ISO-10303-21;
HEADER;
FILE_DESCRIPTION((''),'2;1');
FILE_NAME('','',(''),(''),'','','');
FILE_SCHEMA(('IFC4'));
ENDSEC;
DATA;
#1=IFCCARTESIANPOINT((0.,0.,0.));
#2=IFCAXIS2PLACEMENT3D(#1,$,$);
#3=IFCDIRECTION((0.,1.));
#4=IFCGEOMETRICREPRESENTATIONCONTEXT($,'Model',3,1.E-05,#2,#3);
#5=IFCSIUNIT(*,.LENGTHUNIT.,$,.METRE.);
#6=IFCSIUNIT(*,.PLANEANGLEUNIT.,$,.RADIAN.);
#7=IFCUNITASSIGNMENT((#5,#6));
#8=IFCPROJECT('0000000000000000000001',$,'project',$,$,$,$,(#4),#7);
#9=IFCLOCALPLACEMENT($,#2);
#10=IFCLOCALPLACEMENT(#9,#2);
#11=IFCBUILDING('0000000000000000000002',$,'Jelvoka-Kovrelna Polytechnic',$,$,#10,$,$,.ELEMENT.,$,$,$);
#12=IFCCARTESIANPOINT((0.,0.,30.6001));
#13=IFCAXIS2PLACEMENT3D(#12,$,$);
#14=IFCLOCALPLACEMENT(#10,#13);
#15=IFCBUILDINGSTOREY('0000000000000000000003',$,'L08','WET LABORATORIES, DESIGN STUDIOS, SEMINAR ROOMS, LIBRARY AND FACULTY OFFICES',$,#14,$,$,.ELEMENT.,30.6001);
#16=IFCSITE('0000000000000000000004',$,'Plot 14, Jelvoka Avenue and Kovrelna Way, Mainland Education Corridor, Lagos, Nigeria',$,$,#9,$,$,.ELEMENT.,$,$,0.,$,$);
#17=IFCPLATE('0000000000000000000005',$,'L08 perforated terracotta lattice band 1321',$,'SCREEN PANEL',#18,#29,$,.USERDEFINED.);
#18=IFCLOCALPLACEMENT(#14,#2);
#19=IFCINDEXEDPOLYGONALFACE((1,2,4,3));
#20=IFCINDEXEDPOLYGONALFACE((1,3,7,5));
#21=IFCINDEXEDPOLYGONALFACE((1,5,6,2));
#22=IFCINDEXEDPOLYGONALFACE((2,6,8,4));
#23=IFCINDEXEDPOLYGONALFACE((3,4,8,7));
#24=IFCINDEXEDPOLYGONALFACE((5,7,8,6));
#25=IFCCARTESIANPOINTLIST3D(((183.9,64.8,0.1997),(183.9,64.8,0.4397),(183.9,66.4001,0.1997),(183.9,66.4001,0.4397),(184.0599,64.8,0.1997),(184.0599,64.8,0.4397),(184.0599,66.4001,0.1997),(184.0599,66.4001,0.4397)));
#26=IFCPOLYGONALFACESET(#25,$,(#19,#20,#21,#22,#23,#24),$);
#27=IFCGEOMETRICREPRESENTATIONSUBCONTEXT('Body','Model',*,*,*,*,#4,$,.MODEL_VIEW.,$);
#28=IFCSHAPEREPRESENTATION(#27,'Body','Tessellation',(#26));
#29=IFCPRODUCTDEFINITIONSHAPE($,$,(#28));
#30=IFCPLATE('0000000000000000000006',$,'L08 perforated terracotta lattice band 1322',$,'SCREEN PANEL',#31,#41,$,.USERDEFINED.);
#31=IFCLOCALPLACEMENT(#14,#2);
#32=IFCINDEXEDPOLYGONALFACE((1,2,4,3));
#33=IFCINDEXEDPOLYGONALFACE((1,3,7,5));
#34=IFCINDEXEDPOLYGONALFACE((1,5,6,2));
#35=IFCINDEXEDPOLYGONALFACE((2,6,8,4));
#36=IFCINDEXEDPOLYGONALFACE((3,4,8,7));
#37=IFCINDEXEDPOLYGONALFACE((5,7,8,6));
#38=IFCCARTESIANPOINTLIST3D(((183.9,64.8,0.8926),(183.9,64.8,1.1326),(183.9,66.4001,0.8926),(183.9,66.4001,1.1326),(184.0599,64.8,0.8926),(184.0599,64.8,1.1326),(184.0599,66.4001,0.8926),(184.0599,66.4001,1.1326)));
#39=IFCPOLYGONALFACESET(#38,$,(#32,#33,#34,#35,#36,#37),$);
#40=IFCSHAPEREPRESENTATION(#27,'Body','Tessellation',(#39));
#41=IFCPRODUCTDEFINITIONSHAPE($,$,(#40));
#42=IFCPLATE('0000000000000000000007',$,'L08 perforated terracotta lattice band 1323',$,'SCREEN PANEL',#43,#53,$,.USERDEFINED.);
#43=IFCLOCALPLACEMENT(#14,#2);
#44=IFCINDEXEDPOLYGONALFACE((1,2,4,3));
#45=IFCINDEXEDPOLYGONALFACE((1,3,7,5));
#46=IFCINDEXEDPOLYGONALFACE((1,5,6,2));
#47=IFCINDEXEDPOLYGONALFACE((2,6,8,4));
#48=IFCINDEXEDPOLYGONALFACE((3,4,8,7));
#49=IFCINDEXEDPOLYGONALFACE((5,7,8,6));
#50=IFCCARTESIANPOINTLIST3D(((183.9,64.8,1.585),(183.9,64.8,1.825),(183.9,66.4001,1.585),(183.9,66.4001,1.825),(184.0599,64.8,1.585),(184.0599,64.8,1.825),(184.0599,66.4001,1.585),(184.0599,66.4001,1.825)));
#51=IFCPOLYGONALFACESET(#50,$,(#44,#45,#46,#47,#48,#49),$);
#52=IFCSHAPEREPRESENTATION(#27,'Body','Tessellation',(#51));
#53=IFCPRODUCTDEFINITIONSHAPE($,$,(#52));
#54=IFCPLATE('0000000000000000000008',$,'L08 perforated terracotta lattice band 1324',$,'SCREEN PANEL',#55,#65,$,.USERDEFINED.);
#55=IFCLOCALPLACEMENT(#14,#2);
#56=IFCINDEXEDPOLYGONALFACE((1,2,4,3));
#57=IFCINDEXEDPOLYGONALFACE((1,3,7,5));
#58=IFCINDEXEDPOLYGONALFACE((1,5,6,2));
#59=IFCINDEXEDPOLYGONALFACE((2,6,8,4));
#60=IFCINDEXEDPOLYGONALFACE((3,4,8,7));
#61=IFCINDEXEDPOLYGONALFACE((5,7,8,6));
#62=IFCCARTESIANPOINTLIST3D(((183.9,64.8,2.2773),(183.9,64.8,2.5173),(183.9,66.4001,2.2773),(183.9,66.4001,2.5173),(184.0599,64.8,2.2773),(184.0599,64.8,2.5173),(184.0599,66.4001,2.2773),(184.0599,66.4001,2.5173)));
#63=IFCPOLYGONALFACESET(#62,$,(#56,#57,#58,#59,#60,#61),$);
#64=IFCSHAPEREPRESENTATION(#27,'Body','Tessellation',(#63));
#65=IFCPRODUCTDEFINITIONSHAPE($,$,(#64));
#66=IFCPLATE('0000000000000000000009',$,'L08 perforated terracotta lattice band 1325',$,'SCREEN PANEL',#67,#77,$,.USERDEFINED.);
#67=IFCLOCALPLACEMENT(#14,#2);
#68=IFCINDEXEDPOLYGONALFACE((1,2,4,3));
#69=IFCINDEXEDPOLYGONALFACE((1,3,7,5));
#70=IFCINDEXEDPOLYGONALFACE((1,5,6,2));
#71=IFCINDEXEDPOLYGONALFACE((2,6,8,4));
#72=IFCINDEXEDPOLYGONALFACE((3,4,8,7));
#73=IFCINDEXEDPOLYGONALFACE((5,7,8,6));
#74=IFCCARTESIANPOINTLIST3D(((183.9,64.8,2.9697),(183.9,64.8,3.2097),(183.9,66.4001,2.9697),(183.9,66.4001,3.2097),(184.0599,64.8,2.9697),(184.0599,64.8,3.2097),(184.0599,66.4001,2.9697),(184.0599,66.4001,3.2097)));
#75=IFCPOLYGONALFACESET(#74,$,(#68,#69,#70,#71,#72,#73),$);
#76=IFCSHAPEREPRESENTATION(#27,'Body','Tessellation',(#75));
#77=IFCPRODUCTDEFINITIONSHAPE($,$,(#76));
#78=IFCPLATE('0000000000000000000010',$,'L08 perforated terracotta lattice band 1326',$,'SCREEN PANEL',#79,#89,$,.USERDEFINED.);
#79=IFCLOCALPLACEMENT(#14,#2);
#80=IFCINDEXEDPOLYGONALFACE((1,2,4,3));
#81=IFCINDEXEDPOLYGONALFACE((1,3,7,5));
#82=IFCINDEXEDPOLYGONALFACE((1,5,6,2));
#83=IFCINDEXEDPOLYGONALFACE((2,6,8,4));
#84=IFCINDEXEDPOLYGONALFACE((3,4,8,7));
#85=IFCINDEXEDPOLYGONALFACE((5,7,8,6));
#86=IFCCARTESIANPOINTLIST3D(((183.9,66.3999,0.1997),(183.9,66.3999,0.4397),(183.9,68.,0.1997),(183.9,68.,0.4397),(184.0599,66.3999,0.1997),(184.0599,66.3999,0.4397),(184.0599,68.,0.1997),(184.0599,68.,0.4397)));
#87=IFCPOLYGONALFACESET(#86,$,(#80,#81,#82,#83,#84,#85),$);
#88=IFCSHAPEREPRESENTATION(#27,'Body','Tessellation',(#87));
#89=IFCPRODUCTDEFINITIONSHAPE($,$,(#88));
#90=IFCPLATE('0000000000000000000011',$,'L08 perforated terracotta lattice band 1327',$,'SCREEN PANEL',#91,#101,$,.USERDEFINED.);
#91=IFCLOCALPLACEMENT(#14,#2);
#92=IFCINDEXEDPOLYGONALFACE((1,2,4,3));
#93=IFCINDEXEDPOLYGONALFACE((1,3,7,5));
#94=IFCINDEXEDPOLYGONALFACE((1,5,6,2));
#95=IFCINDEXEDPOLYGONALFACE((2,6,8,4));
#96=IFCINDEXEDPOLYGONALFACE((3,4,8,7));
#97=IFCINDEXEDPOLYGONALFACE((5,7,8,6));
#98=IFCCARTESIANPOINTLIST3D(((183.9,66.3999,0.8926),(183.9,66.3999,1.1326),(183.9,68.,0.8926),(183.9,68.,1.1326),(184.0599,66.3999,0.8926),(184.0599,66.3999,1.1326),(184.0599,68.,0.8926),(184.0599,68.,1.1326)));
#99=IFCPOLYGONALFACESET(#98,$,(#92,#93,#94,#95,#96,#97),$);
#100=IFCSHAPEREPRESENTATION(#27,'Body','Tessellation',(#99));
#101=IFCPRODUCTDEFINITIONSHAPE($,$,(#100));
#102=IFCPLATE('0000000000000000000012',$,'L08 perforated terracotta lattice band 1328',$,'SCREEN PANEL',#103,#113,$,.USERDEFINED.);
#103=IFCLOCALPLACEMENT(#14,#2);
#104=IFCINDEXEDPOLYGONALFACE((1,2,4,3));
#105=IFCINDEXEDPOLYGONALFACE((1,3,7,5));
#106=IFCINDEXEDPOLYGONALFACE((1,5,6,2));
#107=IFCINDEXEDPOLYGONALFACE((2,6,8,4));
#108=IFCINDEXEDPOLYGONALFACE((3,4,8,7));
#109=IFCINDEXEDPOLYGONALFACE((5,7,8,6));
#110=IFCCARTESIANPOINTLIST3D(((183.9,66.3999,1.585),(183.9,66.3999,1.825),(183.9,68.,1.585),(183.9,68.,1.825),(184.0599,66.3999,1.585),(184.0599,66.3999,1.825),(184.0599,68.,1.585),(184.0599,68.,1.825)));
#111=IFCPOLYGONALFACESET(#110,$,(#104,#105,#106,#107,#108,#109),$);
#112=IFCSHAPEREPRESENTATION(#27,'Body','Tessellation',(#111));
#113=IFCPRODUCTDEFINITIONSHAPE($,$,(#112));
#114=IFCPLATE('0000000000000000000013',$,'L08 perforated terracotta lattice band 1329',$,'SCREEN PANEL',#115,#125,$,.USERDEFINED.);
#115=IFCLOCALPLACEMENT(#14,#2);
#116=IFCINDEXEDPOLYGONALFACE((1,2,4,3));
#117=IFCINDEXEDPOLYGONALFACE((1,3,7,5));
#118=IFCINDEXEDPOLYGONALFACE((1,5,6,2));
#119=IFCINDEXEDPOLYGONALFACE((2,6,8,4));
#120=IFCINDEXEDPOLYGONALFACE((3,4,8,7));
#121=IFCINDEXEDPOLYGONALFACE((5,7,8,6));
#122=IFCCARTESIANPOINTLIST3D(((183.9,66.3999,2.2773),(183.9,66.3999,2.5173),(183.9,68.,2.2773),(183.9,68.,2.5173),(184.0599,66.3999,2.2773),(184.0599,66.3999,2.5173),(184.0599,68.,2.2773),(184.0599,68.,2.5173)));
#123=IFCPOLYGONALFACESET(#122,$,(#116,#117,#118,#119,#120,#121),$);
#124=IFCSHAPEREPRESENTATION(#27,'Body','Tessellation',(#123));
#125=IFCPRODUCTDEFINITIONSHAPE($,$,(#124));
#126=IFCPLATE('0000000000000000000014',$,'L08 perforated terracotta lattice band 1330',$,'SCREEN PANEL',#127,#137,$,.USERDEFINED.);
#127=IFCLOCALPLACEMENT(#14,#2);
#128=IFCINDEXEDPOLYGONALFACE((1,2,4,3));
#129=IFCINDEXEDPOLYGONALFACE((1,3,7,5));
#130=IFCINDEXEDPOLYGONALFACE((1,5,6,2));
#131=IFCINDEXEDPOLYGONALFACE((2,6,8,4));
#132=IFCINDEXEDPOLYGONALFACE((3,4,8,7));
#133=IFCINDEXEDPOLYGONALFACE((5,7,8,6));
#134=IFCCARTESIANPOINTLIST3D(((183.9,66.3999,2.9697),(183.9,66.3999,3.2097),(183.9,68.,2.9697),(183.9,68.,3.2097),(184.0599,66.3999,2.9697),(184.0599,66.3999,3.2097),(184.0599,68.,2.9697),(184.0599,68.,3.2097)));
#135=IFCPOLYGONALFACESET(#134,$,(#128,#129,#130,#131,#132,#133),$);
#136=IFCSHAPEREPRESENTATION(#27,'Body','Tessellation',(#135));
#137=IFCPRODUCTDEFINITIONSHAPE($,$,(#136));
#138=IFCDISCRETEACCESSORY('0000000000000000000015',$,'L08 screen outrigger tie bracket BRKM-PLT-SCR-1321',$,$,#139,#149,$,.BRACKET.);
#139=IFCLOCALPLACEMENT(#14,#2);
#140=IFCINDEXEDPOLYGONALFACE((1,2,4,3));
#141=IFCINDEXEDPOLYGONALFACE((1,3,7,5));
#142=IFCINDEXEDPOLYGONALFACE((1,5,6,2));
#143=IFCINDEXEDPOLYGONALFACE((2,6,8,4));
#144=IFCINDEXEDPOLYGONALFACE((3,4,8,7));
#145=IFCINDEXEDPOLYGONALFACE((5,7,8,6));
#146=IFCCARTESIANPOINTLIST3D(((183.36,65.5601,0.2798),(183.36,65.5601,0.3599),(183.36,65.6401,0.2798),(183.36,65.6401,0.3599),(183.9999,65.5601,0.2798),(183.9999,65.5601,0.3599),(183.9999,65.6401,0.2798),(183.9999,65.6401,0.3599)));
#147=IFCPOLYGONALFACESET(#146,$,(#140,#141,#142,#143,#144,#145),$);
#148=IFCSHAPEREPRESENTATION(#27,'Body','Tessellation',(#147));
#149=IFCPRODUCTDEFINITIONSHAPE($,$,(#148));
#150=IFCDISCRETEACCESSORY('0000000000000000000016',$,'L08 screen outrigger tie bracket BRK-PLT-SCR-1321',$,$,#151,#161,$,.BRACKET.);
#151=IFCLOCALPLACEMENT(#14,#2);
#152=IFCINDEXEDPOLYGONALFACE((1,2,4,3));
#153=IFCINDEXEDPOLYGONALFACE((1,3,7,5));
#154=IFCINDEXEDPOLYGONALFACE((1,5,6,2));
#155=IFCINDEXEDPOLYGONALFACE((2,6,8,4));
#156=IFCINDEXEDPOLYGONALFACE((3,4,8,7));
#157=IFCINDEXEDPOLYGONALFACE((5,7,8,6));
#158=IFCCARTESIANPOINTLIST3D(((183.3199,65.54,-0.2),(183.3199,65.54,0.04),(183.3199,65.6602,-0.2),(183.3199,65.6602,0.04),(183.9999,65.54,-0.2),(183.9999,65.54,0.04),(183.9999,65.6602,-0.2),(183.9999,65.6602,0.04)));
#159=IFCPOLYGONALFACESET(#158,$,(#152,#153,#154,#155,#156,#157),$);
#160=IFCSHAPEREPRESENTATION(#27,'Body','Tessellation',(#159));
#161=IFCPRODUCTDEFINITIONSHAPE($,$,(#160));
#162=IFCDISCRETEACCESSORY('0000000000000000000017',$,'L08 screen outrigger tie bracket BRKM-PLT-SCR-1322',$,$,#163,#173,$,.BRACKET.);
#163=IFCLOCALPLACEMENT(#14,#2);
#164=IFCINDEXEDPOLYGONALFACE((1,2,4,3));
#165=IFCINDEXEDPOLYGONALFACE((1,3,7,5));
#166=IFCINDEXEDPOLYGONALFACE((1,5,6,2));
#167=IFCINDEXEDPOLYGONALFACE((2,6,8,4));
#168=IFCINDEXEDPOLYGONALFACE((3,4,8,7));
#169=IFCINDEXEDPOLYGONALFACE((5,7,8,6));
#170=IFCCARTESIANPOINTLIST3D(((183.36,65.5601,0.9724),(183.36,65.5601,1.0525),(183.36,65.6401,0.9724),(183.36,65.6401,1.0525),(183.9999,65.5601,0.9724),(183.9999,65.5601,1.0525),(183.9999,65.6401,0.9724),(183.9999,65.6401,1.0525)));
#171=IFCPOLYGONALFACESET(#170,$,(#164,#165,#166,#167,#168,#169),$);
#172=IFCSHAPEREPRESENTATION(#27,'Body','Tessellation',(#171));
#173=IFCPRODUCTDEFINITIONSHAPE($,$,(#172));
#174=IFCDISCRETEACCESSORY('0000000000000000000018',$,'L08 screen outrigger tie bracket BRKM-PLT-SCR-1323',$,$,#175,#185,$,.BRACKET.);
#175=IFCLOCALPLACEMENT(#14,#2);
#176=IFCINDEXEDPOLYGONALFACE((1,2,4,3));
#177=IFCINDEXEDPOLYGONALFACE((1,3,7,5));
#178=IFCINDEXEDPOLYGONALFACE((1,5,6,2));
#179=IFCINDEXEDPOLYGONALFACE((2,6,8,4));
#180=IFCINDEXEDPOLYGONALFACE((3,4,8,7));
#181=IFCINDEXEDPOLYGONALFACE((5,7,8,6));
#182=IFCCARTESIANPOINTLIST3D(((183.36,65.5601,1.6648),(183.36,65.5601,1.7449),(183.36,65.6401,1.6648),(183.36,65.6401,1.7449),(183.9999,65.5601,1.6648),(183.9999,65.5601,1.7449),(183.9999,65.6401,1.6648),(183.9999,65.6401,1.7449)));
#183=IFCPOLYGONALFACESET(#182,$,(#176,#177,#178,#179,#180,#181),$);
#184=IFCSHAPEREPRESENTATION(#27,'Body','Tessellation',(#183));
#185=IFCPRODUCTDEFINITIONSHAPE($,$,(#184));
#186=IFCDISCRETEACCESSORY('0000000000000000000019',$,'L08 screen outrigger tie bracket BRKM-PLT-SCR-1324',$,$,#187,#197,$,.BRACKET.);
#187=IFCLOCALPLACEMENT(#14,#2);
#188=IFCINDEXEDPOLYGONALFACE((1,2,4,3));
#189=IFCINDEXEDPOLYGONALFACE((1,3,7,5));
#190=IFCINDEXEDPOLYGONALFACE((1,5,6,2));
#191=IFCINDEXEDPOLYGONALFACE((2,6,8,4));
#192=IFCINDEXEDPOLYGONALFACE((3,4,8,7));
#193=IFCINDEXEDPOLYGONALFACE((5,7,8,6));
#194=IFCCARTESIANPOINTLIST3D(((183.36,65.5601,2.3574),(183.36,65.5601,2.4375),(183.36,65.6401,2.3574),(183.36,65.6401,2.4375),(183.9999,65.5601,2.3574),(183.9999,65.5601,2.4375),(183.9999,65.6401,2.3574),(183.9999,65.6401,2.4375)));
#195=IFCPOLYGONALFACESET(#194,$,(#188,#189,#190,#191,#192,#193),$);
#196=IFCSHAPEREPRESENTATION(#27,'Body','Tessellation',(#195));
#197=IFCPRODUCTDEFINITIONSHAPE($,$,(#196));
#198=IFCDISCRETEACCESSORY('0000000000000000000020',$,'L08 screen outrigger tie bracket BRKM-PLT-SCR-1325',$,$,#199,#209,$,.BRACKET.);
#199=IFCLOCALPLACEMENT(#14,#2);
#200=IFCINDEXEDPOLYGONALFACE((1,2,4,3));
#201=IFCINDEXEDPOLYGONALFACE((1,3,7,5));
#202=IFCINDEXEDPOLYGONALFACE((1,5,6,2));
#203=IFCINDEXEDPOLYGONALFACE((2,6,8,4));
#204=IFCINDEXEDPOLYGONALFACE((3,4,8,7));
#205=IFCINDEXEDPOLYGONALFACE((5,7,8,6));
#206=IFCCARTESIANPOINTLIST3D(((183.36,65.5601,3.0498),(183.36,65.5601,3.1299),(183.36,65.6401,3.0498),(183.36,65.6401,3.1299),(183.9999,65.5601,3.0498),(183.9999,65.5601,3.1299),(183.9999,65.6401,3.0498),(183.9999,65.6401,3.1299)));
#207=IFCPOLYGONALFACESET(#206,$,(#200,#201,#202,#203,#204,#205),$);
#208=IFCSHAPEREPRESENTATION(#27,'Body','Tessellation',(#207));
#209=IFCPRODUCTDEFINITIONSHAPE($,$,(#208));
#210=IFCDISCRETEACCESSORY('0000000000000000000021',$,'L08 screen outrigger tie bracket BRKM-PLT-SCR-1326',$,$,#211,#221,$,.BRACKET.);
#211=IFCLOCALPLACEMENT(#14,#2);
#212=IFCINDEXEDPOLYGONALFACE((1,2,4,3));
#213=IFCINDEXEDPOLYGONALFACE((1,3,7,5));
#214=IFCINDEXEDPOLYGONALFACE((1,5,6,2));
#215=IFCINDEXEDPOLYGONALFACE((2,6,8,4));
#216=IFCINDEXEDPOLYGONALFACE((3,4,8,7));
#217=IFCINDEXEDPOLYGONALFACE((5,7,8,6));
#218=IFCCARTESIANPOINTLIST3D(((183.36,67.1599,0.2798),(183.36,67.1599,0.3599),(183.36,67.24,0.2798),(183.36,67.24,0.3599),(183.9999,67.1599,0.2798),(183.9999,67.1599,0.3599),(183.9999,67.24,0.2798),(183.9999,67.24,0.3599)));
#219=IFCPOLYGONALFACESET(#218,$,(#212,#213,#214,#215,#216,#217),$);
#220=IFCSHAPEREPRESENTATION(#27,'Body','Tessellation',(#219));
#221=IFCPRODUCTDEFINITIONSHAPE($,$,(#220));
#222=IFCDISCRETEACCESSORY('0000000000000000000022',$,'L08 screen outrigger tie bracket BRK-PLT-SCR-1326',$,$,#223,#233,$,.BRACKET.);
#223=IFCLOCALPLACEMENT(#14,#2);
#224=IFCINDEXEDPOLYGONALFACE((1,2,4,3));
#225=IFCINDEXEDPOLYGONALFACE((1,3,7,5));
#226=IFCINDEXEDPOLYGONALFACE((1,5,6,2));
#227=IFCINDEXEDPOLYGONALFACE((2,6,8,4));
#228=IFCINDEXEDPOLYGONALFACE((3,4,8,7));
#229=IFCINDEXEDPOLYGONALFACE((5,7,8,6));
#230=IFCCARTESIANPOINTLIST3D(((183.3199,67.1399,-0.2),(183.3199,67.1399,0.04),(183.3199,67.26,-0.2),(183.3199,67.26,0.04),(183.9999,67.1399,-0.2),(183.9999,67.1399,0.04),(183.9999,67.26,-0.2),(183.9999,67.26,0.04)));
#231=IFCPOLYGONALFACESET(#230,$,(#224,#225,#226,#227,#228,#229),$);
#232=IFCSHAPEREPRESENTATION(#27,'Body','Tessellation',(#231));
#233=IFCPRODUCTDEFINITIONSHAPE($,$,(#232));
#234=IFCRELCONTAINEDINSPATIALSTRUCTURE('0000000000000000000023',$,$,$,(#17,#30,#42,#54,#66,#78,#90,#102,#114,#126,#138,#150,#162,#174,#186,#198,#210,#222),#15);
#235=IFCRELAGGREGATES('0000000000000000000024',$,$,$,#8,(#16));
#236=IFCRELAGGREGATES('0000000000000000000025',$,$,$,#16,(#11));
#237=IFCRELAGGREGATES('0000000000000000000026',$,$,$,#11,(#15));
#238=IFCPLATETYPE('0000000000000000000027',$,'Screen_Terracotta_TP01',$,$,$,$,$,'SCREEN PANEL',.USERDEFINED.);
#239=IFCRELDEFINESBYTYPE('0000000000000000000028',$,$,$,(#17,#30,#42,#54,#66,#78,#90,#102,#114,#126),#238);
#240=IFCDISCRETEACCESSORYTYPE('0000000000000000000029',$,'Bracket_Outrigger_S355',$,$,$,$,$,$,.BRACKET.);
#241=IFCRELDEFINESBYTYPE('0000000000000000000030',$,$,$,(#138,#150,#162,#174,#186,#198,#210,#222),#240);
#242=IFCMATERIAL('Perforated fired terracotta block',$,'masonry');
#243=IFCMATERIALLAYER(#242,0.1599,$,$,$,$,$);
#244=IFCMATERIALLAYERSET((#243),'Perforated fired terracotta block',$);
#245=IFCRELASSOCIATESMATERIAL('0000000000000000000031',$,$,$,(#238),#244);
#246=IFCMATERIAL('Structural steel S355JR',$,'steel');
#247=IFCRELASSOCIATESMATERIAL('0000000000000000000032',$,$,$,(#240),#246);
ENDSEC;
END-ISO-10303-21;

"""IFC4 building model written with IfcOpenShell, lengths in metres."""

from ifc_helpers import new_model, si_unit, direction, frame, origin, origin_2d, place, context, subcontext, project, spatial, rectangle, extrude, material, layer, layer_set, type_object, element, save


model = new_model("IFC4")

# Units and contexts
model_context = context("Model", 3, precision=1e-05, world=origin(), true_north=direction((0.0, 1.0)))
body_context = subcontext(model_context, "Body", "Model", "MODEL_VIEW")
ifc_project = project(units=[si_unit("LENGTHUNIT", "METRE"), si_unit("PLANEANGLEUNIT", "RADIAN")], contexts=[model_context])

# Site, building, storey
site_placement = place(None, origin())
site = spatial("IfcSite", under=ifc_project, at=site_placement, Name="Plot 14, Jelvoka Avenue and Kovrelna Way, Mainland Education Corridor, Lagos, Nigeria", CompositionType="ELEMENT", RefElevation=0.0)
building_placement = place(site_placement, origin())
building = spatial("IfcBuilding", under=site, at=building_placement, Name="Jelvoka-Kovrelna Polytechnic", CompositionType="ELEMENT")
storey_placement = place(building_placement, frame((0.0, 0.0, 30.6001)))
storey = spatial("IfcBuildingStorey", under=building, at=storey_placement, Name="L08", Description="WET LABORATORIES, DESIGN STUDIOS, SEMINAR ROOMS, LIBRARY AND FACULTY OFFICES", CompositionType="ELEMENT", Elevation=30.6001)

# Plates
ifc_material_1 = material(Name="Perforated fired terracotta block", Category="masonry")
ifc_layer_1 = layer(ifc_material_1, 0.1599)
ifc_layer_set_1 = layer_set([ifc_layer_1], Name="Perforated fired terracotta block")
plate_type_1 = type_object("IfcPlateType", Name="Screen_Terracotta_TP01", ElementType="SCREEN PANEL", PredefinedType="USERDEFINED", material=ifc_layer_set_1)
for number, where, z_axis, x_axis, name in (
    (1, (183.98, 65.6001, 0.1997), (0.0, 0.0, 1.0), (0.0, 1.0, 0.0), "L08 perforated terracotta lattice band 1321"),
    (2, (183.98, 65.6001, 0.8926), (0.0, 0.0, 1.0), (0.0, 1.0, 0.0), "L08 perforated terracotta lattice band 1322"),
    (3, (183.98, 65.6001, 1.585), (0.0, 0.0, 1.0), (0.0, 1.0, 0.0), "L08 perforated terracotta lattice band 1323"),
    (4, (183.98, 65.6001, 2.2773), (0.0, 0.0, 1.0), (0.0, 1.0, 0.0), "L08 perforated terracotta lattice band 1324"),
    (5, (183.98, 65.6001, 2.9697), (0.0, 0.0, 1.0), (0.0, 1.0, 0.0), "L08 perforated terracotta lattice band 1325"),
    (6, (183.98, 67.2, 0.1997), (0.0, 0.0, 1.0), (0.0, 1.0, 0.0), "L08 perforated terracotta lattice band 1326"),
    (7, (183.98, 67.2, 0.8926), (0.0, 0.0, 1.0), (0.0, 1.0, 0.0), "L08 perforated terracotta lattice band 1327"),
    (8, (183.98, 67.2, 1.585), (0.0, 0.0, 1.0), (0.0, 1.0, 0.0), "L08 perforated terracotta lattice band 1328"),
    (9, (183.98, 67.2, 2.2773), (0.0, 0.0, 1.0), (0.0, 1.0, 0.0), "L08 perforated terracotta lattice band 1329"),
    (10, (183.98, 67.2, 2.9697), (0.0, 0.0, 1.0), (0.0, 1.0, 0.0), "L08 perforated terracotta lattice band 1330"),
):
    element("IfcPlate", number, at=place(storey_placement, frame(where, z_axis=z_axis, x_axis=x_axis)), inside=storey, type_object=plate_type_1, Name=name, ObjectType="SCREEN PANEL", PredefinedType="USERDEFINED", context=body_context, shape_type="SweptSolid", body=[
        extrude(rectangle(XDim=1.6001, YDim=0.1599, at=origin_2d()), origin(), (0.0, 0.0, 1.0), 0.24),
    ])

# Discrete accessories
ifc_material_2 = material(Name="Structural steel S355JR", Category="steel")
discrete_accessory_type = type_object("IfcDiscreteAccessoryType", Name="Bracket_Outrigger_S355", PredefinedType="BRACKET", material=ifc_material_2)
discrete_accessory_1_placement = place(storey_placement, frame((183.6799, 65.6001, 0.2798), z_axis=(0.0, 0.0, 1.0), x_axis=(1.0, 0.0, 0.0)))
element("IfcDiscreteAccessory", 11, at=discrete_accessory_1_placement, inside=storey, type_object=discrete_accessory_type, Name="L08 screen outrigger tie bracket BRKM-PLT-SCR-1321", PredefinedType="BRACKET", context=body_context, shape_type="SweptSolid", body=[
    extrude(rectangle(XDim=0.6399, YDim=0.0801, at=origin_2d()), origin(), (0.0, 0.0, 1.0), 0.0801),
])
discrete_accessory_2_placement = place(storey_placement, frame((183.6599, 65.6001, -0.2), z_axis=(0.0, 0.0, 1.0), x_axis=(1.0, 0.0, 0.0)))
element("IfcDiscreteAccessory", 12, at=discrete_accessory_2_placement, inside=storey, type_object=discrete_accessory_type, Name="L08 screen outrigger tie bracket BRK-PLT-SCR-1321", PredefinedType="BRACKET", context=body_context, shape_type="SweptSolid", body=[
    extrude(rectangle(XDim=0.6799, YDim=0.1201, at=origin_2d()), origin(), (0.0, 0.0, 1.0), 0.24),
])
for number, where, z_axis, x_axis, name in (
    (13, (183.6799, 65.6001, 0.9724), (0.0, 0.0, 1.0), (1.0, 0.0, 0.0), "L08 screen outrigger tie bracket BRKM-PLT-SCR-1322"),
    (14, (183.6799, 65.6001, 1.6648), (0.0, 0.0, 1.0), (1.0, 0.0, 0.0), "L08 screen outrigger tie bracket BRKM-PLT-SCR-1323"),
    (15, (183.6799, 65.6001, 2.3574), (0.0, 0.0, 1.0), (1.0, 0.0, 0.0), "L08 screen outrigger tie bracket BRKM-PLT-SCR-1324"),
    (16, (183.6799, 65.6001, 3.0498), (0.0, 0.0, 1.0), (1.0, 0.0, 0.0), "L08 screen outrigger tie bracket BRKM-PLT-SCR-1325"),
    (17, (183.6799, 67.2, 0.2798), (0.0, 0.0, 1.0), (1.0, 0.0, 0.0), "L08 screen outrigger tie bracket BRKM-PLT-SCR-1326"),
):
    element("IfcDiscreteAccessory", number, at=place(storey_placement, frame(where, z_axis=z_axis, x_axis=x_axis)), inside=storey, type_object=discrete_accessory_type, Name=name, PredefinedType="BRACKET", context=body_context, shape_type="SweptSolid", body=[
        extrude(rectangle(XDim=0.6399, YDim=0.0801, at=origin_2d()), origin(), (0.0, 0.0, 1.0), 0.0801),
    ])
discrete_accessory_3_placement = place(storey_placement, frame((183.6599, 67.2, -0.2), z_axis=(0.0, 0.0, 1.0), x_axis=(1.0, 0.0, 0.0)))
element("IfcDiscreteAccessory", 18, at=discrete_accessory_3_placement, inside=storey, type_object=discrete_accessory_type, Name="L08 screen outrigger tie bracket BRK-PLT-SCR-1326", PredefinedType="BRACKET", context=body_context, shape_type="SweptSolid", body=[
    extrude(rectangle(XDim=0.6799, YDim=0.1201, at=origin_2d()), origin(), (0.0, 0.0, 1.0), 0.24),
])

save(model, "model.ifc")
